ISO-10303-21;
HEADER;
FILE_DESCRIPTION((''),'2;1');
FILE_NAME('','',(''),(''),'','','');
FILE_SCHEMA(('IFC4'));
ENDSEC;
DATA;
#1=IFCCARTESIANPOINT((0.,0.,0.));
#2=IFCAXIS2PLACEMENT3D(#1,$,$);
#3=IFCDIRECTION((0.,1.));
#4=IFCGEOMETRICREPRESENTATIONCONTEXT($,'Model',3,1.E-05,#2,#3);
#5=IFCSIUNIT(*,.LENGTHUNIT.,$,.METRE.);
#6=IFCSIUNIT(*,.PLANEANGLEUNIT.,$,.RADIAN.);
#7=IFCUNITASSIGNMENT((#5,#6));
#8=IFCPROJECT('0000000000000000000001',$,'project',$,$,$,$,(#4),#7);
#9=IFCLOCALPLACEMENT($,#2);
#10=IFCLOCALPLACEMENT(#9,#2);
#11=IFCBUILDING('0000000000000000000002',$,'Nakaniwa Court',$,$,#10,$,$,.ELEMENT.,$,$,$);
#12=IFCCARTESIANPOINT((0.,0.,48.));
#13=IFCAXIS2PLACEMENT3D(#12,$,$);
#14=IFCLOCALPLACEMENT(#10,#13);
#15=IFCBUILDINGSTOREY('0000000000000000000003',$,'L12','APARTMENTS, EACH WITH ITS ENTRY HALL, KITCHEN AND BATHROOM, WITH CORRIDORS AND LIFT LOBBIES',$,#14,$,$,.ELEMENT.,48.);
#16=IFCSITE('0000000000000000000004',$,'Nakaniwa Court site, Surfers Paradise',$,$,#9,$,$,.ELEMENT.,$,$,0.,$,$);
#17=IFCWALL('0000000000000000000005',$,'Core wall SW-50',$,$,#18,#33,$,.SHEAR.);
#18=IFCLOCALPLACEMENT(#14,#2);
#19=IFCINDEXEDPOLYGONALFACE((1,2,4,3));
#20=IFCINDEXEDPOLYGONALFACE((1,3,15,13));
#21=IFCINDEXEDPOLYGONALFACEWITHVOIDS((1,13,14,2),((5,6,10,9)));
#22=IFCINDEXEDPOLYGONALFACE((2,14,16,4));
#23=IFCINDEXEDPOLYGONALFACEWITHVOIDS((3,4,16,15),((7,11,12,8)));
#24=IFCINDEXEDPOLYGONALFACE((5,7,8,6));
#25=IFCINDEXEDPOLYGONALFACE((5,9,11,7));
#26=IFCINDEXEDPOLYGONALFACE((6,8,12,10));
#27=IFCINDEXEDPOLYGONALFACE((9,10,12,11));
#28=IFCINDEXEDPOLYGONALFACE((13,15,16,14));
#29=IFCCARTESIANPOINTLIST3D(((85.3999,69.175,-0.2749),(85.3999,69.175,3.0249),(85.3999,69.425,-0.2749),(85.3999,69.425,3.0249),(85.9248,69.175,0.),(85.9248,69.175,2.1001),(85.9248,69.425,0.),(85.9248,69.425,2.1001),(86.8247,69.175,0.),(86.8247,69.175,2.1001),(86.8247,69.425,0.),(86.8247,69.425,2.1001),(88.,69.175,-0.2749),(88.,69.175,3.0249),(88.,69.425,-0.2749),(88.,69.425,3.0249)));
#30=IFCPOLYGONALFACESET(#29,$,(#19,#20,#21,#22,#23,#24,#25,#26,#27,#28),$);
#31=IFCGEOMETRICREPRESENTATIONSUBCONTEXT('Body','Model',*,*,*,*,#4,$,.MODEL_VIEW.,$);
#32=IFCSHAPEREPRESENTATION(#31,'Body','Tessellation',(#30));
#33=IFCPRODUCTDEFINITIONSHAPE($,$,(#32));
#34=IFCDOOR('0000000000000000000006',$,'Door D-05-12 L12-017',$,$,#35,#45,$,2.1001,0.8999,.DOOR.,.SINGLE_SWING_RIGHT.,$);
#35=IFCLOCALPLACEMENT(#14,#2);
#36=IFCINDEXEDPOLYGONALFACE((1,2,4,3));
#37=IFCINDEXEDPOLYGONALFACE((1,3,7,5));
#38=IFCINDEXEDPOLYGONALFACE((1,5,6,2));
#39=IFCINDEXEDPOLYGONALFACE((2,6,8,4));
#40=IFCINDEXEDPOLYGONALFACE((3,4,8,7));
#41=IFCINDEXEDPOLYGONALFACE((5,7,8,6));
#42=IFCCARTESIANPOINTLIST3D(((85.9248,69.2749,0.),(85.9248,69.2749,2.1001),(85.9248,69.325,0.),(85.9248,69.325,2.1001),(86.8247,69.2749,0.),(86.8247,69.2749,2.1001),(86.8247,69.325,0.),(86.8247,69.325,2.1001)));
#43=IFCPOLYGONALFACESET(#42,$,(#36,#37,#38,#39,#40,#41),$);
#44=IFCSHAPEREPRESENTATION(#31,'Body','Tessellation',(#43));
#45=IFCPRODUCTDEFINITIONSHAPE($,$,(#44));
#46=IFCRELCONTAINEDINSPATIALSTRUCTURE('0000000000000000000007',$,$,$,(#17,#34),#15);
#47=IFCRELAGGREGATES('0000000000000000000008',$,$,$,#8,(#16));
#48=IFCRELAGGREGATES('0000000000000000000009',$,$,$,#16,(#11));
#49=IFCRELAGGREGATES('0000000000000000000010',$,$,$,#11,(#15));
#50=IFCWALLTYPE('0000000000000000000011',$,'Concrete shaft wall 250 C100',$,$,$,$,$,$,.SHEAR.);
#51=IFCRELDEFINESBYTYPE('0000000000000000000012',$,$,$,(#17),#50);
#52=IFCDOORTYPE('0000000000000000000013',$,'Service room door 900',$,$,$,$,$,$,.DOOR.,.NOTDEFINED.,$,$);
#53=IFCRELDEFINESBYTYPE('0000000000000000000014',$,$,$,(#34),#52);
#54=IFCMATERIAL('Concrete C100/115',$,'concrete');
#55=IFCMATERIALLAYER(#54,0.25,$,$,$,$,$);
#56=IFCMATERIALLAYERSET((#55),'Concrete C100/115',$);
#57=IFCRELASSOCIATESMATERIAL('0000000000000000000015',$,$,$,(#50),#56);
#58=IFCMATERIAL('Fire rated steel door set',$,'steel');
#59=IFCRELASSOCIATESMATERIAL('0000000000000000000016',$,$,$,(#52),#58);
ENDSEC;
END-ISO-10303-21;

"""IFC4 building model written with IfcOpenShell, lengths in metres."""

from ifc_helpers import new_model, si_unit, direction, frame, frame_2d, origin, place, context, subcontext, project, spatial, rectangle, extrude, material, layer, layer_set, type_object, element, fill, save


model = new_model("IFC4")

# Units and contexts
model_context = context("Model", 3, precision=1e-05, world=origin(), true_north=direction((0.0, 1.0)))
body_context = subcontext(model_context, "Body", "Model", "MODEL_VIEW")
ifc_project = project(units=[si_unit("LENGTHUNIT", "METRE"), si_unit("PLANEANGLEUNIT", "RADIAN")], contexts=[model_context])

# Site, building, storey
site_placement = place(None, origin())
site = spatial("IfcSite", under=ifc_project, at=site_placement, Name="Nakaniwa Court site, Surfers Paradise", CompositionType="ELEMENT", RefElevation=0.0)
building_placement = place(site_placement, origin())
building = spatial("IfcBuilding", under=site, at=building_placement, Name="Nakaniwa Court", CompositionType="ELEMENT")
storey_placement = place(building_placement, frame((0.0, 0.0, 48.0)))
storey = spatial("IfcBuildingStorey", under=building, at=storey_placement, Name="L12", Description="APARTMENTS, EACH WITH ITS ENTRY HALL, KITCHEN AND BATHROOM, WITH CORRIDORS AND LIFT LOBBIES", CompositionType="ELEMENT", Elevation=48.0)

# Shared definitions
ifc_material_1 = material(Name="Concrete C100/115", Category="concrete")

# Shared definitions
ifc_material_2 = material(Name="Fire rated steel door set", Category="steel")

# Shared definitions
ifc_layer_1 = layer(ifc_material_1, 0.25)
ifc_layer_set_1 = layer_set([ifc_layer_1], Name="Concrete C100/115")
wall_type_1 = type_object("IfcWallType", Name="Concrete shaft wall 250 C100", PredefinedType="SHEAR", material=ifc_layer_set_1)

# Wall, opening, door
wall_1_placement = place(storey_placement, frame((85.3999, 69.3, -0.2749), z_axis=(0.0, 0.0, 1.0), x_axis=(1.0, 0.0, 0.0)))
wall_1 = element("IfcWall", 1, at=wall_1_placement, inside=storey, type_object=wall_type_1, Name="Core wall SW-50", PredefinedType="SHEAR", context=body_context, shape_type="SweptSolid", body=[
    extrude(rectangle(XDim=2.6001, YDim=0.25, at=frame_2d((1.3, 0.0))), origin(), (0.0, 0.0, 1.0), 3.2998),
])
opening_1_placement = place(wall_1_placement, frame((0.5249, 0.0, 0.2749)))
opening_1 = element("IfcOpeningElement", 2, at=opening_1_placement, cuts=wall_1, PredefinedType="OPENING", context=body_context, shape_type="SweptSolid", body=[
    extrude(rectangle(XDim=0.8999, YDim=2.1001, at=frame_2d((0.45, 1.05))), frame((0.0, 0.135, 0.0), z_axis=(0.0, -1.0, 0.0), x_axis=(1.0, 0.0, 0.0)), (0.0, 0.0, 1.0), 0.27),
])
door_type_1 = type_object("IfcDoorType", Name="Service room door 900", OperationType="NOTDEFINED", PredefinedType="DOOR", material=ifc_material_2)
door_1_placement = place(opening_1_placement, origin())
door_1 = element("IfcDoor", 3, at=door_1_placement, inside=storey, type_object=door_type_1, Name="Door D-05-12 L12-017", OperationType="SINGLE_SWING_RIGHT", OverallHeight=2.1001, OverallWidth=0.8999, PredefinedType="DOOR", context=body_context, shape_type="SweptSolid", body=[
    extrude(rectangle(XDim=0.8999, YDim=2.1001, at=frame_2d((0.45, 1.05))), frame((0.0, 0.0249, 0.0), z_axis=(0.0, -1.0, 0.0), x_axis=(1.0, 0.0, 0.0)), (0.0, 0.0, 1.0), 0.05),
])
fill(opening_1, door_1)

save(model, "model.ifc")
